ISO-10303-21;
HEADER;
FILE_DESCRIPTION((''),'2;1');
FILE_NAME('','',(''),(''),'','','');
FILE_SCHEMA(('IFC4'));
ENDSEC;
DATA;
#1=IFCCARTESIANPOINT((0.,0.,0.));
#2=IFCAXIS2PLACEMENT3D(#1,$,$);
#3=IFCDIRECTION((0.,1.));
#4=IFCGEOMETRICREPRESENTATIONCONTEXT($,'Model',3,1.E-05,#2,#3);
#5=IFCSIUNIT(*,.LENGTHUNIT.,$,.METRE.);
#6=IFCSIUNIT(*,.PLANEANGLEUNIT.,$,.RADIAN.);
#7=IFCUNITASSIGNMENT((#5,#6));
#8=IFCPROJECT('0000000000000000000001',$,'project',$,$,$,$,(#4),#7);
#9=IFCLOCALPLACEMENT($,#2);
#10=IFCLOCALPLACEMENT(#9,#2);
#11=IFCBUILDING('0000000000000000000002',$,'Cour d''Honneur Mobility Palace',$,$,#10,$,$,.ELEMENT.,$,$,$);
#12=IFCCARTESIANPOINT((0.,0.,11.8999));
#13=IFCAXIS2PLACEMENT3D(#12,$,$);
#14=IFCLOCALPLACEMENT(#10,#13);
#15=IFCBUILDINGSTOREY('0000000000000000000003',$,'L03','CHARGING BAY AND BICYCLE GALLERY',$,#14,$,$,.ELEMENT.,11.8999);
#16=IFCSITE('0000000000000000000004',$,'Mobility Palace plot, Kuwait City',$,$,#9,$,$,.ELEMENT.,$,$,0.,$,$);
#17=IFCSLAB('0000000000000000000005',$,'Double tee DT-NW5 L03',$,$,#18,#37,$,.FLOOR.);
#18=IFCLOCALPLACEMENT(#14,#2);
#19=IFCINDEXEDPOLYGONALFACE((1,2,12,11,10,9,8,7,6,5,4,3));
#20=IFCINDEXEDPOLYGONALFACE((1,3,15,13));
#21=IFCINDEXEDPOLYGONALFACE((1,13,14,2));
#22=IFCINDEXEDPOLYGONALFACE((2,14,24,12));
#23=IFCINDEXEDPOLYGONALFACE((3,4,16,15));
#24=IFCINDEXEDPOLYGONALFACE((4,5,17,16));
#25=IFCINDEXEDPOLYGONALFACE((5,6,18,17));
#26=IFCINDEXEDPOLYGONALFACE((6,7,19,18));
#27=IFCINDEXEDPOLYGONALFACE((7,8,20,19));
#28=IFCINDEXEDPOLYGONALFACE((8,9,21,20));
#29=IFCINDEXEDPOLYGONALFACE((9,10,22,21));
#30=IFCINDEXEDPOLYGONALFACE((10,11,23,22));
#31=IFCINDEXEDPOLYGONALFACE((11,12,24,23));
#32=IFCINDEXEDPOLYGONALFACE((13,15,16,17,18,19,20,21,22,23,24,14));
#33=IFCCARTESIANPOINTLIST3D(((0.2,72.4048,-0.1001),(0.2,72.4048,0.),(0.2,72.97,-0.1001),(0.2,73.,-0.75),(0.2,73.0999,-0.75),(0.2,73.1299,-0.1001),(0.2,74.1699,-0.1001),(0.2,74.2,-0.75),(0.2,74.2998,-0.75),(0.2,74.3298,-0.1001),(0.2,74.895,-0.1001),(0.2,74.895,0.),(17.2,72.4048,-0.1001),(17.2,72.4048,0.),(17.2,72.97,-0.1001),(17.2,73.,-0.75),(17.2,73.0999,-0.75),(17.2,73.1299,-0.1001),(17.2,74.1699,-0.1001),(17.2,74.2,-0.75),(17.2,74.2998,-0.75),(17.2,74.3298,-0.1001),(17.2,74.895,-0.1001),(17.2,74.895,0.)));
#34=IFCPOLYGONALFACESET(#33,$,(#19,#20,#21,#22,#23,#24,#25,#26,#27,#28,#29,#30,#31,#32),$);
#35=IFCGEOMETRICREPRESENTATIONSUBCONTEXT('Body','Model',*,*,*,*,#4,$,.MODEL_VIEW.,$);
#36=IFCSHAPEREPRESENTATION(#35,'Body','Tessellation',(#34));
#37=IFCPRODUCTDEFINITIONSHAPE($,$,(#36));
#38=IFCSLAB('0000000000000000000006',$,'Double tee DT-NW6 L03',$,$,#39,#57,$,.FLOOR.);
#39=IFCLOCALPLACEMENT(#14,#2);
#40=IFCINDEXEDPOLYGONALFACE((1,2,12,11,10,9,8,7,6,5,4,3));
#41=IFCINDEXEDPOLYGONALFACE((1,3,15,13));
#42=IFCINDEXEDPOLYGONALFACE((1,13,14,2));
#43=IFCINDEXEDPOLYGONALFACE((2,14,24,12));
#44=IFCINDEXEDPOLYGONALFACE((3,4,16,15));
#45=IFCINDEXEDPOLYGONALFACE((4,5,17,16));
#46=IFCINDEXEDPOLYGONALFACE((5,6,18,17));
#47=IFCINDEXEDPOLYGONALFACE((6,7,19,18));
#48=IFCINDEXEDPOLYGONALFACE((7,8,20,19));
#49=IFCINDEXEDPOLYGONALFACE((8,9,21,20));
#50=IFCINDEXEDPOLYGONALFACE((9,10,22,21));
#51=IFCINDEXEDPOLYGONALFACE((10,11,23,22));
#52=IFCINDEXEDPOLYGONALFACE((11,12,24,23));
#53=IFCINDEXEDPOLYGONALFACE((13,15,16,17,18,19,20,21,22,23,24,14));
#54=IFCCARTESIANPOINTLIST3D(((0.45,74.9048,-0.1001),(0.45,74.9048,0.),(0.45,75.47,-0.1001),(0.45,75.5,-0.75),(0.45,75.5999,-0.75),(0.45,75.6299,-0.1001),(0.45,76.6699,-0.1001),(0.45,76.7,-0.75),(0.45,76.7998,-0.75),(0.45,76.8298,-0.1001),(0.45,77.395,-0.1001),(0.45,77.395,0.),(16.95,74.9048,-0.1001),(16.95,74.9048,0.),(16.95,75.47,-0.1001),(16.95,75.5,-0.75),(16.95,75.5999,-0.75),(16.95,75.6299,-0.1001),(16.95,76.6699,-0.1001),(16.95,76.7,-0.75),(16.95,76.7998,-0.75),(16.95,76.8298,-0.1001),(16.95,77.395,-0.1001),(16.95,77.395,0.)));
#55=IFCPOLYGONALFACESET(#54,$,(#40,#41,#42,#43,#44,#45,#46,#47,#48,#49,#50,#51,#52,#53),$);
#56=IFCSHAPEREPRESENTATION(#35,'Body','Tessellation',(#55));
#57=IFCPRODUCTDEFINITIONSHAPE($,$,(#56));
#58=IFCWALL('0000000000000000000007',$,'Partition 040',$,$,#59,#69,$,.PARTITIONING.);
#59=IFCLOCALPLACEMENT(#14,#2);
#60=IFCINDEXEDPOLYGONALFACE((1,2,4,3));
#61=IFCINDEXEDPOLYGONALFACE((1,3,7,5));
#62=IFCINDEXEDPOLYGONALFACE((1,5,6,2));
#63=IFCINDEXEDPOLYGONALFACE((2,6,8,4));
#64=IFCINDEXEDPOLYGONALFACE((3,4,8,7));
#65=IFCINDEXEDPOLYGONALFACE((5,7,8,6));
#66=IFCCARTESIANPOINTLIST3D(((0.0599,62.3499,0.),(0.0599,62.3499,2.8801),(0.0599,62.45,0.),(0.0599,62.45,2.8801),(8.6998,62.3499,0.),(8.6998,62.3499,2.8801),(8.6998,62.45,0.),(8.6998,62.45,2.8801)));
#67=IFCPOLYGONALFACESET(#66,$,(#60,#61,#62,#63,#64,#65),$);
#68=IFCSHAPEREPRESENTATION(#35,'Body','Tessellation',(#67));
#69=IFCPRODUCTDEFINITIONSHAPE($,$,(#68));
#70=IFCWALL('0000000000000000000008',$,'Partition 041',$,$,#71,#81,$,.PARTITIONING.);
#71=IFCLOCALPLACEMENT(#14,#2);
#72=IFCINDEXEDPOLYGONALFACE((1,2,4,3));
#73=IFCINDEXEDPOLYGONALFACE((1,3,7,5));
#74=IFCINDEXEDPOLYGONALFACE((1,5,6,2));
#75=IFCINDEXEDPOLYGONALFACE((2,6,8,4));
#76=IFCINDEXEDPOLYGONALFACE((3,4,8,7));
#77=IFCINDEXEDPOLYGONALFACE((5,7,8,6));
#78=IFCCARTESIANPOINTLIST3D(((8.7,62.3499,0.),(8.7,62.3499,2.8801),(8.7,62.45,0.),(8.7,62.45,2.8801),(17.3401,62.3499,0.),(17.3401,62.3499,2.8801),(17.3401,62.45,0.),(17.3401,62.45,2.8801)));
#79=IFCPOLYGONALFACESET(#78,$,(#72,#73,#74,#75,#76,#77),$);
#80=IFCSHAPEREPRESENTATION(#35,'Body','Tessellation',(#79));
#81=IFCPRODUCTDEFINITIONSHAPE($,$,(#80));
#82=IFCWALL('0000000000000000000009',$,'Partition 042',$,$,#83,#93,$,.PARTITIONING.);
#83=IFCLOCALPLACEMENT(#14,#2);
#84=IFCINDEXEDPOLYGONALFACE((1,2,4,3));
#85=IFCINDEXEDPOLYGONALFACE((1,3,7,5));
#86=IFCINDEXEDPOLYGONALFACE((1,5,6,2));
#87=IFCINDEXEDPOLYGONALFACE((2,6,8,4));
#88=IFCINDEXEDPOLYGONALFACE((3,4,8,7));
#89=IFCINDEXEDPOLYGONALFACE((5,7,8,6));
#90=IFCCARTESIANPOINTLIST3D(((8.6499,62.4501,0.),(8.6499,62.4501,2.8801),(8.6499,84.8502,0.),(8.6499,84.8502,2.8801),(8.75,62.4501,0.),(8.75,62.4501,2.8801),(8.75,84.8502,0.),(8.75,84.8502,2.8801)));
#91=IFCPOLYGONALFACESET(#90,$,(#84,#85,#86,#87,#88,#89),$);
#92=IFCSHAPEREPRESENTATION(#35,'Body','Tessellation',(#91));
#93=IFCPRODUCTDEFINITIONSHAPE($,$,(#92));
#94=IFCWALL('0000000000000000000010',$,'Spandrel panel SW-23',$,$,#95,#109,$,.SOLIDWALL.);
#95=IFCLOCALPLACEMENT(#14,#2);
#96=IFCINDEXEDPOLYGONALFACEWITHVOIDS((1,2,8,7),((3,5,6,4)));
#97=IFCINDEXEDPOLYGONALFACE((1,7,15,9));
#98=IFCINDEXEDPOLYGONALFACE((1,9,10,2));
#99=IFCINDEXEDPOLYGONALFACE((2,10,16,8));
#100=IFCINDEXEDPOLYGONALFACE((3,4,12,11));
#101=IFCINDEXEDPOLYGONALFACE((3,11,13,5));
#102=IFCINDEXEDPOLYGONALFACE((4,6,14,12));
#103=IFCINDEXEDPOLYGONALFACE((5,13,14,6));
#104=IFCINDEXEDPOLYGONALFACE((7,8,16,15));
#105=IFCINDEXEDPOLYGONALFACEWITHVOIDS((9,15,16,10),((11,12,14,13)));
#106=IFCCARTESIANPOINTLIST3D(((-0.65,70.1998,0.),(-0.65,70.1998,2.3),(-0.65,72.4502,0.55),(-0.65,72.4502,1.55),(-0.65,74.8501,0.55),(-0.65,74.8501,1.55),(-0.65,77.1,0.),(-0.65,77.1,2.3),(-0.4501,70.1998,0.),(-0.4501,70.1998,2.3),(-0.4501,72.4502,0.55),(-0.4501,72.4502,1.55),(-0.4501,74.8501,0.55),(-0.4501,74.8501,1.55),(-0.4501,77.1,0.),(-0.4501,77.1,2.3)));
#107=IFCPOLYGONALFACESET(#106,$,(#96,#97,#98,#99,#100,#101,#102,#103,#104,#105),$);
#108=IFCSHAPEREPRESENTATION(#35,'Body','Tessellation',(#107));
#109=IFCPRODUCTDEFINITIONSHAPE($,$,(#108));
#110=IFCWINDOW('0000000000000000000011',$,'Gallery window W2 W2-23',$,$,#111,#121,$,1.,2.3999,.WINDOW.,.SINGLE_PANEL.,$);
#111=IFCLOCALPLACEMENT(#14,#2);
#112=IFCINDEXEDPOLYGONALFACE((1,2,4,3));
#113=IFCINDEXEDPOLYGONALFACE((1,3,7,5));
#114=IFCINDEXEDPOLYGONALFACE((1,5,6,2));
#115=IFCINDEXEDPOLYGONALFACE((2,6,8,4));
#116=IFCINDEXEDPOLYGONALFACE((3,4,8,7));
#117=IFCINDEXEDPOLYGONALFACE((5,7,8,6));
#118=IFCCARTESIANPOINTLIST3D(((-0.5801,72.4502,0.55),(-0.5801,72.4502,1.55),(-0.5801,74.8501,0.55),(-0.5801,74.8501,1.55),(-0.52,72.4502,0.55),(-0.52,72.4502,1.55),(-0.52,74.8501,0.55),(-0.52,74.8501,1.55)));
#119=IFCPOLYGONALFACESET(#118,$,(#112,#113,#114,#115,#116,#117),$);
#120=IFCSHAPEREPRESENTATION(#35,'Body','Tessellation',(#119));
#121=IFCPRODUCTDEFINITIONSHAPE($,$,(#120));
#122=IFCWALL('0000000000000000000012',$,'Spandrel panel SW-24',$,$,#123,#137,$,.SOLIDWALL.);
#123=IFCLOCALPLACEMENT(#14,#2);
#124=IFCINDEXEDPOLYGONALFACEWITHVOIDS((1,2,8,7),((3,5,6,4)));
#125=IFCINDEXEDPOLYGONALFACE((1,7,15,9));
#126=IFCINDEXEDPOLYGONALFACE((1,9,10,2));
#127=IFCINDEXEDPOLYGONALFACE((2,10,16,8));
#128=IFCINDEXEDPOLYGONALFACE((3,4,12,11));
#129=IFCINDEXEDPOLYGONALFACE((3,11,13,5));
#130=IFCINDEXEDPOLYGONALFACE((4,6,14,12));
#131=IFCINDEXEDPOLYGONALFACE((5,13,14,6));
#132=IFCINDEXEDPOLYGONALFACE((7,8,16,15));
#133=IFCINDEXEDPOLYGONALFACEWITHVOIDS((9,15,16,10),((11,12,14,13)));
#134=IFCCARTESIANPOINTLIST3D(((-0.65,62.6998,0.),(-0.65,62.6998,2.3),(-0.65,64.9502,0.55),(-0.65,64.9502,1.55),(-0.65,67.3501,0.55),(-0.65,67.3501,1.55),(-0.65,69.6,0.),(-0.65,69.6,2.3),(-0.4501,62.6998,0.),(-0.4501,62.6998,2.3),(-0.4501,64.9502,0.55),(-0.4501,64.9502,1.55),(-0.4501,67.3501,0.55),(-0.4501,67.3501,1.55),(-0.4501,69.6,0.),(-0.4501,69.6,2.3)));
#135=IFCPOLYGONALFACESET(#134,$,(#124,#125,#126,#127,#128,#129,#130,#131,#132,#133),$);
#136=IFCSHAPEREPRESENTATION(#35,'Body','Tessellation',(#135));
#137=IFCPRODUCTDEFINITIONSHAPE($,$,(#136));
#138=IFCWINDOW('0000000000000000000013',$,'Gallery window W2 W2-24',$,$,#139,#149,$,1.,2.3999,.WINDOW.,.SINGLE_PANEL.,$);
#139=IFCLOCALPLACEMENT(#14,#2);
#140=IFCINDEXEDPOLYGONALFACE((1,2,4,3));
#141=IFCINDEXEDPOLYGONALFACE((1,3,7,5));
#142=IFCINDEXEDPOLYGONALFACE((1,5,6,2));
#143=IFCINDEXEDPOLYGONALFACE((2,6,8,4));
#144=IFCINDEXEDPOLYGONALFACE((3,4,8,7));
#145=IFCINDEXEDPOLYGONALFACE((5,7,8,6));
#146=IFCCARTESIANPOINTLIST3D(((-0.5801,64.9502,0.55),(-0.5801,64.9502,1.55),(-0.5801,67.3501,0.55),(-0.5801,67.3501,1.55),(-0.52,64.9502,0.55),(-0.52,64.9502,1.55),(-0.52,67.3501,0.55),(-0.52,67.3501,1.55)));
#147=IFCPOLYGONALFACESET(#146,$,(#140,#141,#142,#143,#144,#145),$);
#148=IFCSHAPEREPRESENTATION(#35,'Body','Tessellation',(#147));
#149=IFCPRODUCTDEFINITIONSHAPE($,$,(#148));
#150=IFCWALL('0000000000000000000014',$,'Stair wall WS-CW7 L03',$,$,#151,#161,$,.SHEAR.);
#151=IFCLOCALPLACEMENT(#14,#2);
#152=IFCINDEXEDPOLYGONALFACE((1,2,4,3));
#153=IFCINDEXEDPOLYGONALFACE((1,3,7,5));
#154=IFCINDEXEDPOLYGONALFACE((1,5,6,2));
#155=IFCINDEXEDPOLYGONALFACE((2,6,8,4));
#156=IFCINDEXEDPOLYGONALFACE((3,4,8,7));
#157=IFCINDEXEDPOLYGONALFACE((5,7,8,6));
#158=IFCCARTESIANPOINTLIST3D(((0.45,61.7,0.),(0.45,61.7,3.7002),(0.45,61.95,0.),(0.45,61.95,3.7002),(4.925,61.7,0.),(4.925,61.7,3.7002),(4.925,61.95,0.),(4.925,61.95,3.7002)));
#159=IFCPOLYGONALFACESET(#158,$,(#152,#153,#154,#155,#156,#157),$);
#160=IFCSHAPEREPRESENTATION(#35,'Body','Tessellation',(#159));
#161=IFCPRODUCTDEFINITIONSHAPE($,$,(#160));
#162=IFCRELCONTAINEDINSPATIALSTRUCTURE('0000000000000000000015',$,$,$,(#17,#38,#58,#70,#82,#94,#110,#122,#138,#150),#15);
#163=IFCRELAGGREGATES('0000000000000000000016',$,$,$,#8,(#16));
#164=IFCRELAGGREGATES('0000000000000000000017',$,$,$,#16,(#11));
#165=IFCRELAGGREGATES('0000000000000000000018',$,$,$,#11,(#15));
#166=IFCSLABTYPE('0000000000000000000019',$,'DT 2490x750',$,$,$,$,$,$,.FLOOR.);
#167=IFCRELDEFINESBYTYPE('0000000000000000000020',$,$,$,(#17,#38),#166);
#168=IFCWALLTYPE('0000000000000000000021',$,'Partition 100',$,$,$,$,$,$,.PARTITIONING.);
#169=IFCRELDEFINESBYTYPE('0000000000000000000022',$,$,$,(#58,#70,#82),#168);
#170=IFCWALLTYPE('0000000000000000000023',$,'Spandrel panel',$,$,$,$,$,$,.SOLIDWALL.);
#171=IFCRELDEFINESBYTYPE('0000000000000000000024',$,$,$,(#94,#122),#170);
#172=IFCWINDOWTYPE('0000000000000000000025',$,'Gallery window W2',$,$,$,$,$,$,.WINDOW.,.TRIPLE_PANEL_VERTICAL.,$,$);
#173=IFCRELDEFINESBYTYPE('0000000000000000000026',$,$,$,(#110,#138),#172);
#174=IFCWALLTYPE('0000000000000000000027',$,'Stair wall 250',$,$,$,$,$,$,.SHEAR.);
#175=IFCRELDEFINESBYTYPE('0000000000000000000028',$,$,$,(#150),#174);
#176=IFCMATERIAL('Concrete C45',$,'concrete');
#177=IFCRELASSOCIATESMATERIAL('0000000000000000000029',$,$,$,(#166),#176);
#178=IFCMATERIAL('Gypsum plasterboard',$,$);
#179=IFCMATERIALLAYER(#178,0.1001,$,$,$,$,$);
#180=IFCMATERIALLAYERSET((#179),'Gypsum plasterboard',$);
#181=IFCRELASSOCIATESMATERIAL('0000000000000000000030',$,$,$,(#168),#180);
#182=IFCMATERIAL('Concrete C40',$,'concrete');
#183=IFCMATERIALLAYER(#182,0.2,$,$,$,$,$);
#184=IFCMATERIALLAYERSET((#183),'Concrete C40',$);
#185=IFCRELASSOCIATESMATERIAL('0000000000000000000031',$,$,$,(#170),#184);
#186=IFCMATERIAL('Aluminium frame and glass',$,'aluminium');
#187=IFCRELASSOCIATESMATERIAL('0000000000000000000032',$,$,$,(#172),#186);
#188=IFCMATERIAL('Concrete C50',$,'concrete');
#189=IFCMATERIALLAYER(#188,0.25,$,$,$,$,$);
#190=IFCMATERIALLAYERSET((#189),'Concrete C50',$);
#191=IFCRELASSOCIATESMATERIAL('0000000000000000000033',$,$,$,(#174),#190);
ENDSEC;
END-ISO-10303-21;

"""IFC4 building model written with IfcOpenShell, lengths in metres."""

from ifc_helpers import new_model, si_unit, direction, frame, frame_2d, origin, place, context, subcontext, project, spatial, polyline, rectangle, outline, extrude, material, layer, layer_set, material_profile, profile_set, type_object, element, fill, save


model = new_model("IFC4")

# Units and contexts
model_context = context("Model", 3, precision=1e-05, world=origin(), true_north=direction((0.0, 1.0)))
body_context = subcontext(model_context, "Body", "Model", "MODEL_VIEW")
ifc_project = project(units=[si_unit("LENGTHUNIT", "METRE"), si_unit("PLANEANGLEUNIT", "RADIAN")], contexts=[model_context])

# Site, building, storey
site_placement = place(None, origin())
site = spatial("IfcSite", under=ifc_project, at=site_placement, Name="Mobility Palace plot, Kuwait City", CompositionType="ELEMENT", RefElevation=0.0)
building_placement = place(site_placement, origin())
building = spatial("IfcBuilding", under=site, at=building_placement, Name="Cour d'Honneur Mobility Palace", CompositionType="ELEMENT")
storey_placement = place(building_placement, frame((0.0, 0.0, 11.8999)))
storey = spatial("IfcBuildingStorey", under=building, at=storey_placement, Name="L03", Description="CHARGING BAY AND BICYCLE GALLERY", CompositionType="ELEMENT", Elevation=11.8999)

# Slabs
ifc_material_1 = material(Name="Concrete C45", Category="concrete")
ifc_material_profile_1 = material_profile(ifc_material_1, outline(polyline([(-1.2451, 0.0), (1.2451, 0.0), (1.2451, -0.1001), (0.6799, -0.1001), (0.6499, -0.75), (0.55, -0.75), (0.52, -0.1001), (-0.52, -0.1001), (-0.55, -0.75), (-0.6499, -0.75), (-0.6799, -0.1001), (-1.2451, -0.1001), (-1.2451, 0.0)])), Name="DT 2490x750")
ifc_profile_set_1 = profile_set([ifc_material_profile_1], Name="Concrete C45")
slab_type = type_object("IfcSlabType", Name="DT 2490x750", PredefinedType="FLOOR", material=ifc_profile_set_1)
slab_1_placement = place(storey_placement, frame((0.2, 73.6499, 0.0), z_axis=(1.0, 0.0, 0.0), x_axis=(0.0, 1.0, 0.0)))
element("IfcSlab", 1, at=slab_1_placement, inside=storey, type_object=slab_type, Name="Double tee DT-NW5 L03", PredefinedType="FLOOR", context=body_context, shape_type="SweptSolid", body=[
    extrude(outline(polyline([(-1.2451, 0.0), (1.2451, 0.0), (1.2451, -0.1001), (0.6799, -0.1001), (0.6499, -0.75), (0.55, -0.75), (0.52, -0.1001), (-0.52, -0.1001), (-0.55, -0.75), (-0.6499, -0.75), (-0.6799, -0.1001), (-1.2451, -0.1001), (-1.2451, 0.0)])), origin(), (0.0, 0.0, 1.0), 17.0),
])
slab_2_placement = place(storey_placement, frame((0.45, 76.1499, 0.0), z_axis=(1.0, 0.0, 0.0), x_axis=(0.0, 1.0, 0.0)))
element("IfcSlab", 2, at=slab_2_placement, inside=storey, type_object=slab_type, Name="Double tee DT-NW6 L03", PredefinedType="FLOOR", context=body_context, shape_type="SweptSolid", body=[
    extrude(outline(polyline([(-1.2451, 0.0), (1.2451, 0.0), (1.2451, -0.1001), (0.6799, -0.1001), (0.6499, -0.75), (0.55, -0.75), (0.52, -0.1001), (-0.52, -0.1001), (-0.55, -0.75), (-0.6499, -0.75), (-0.6799, -0.1001), (-1.2451, -0.1001), (-1.2451, 0.0)])), origin(), (0.0, 0.0, 1.0), 16.5),
])

# Walls
ifc_material_2 = material(Name="Gypsum plasterboard")
ifc_layer_1 = layer(ifc_material_2, 0.1001)
ifc_layer_set_1 = layer_set([ifc_layer_1], Name="Gypsum plasterboard")
wall_type_1 = type_object("IfcWallType", Name="Partition 100", PredefinedType="PARTITIONING", material=ifc_layer_set_1)
wall_1_placement = place(storey_placement, frame((0.0601, 62.3999, 0.0), z_axis=(0.0, 0.0, 1.0), x_axis=(1.0, 0.0, 0.0)))
element("IfcWall", 3, at=wall_1_placement, inside=storey, type_object=wall_type_1, Name="Partition 040", PredefinedType="PARTITIONING", context=body_context, shape_type="SweptSolid", body=[
    extrude(rectangle(XDim=8.6399, YDim=0.1001, at=frame_2d((4.3198, 0.0))), origin(), (0.0, 0.0, 1.0), 2.8801),
])
wall_2_placement = place(storey_placement, frame((8.7, 62.3999, 0.0), z_axis=(0.0, 0.0, 1.0), x_axis=(1.0, 0.0, 0.0)))
element("IfcWall", 4, at=wall_2_placement, inside=storey, type_object=wall_type_1, Name="Partition 041", PredefinedType="PARTITIONING", context=body_context, shape_type="SweptSolid", body=[
    extrude(rectangle(XDim=8.6401, YDim=0.1001, at=frame_2d((4.3201, 0.0))), origin(), (0.0, 0.0, 1.0), 2.8801),
])
wall_3_placement = place(storey_placement, frame((8.7, 62.45, 0.0), z_axis=(0.0, 0.0, 1.0), x_axis=(0.0, 1.0, 0.0)))
element("IfcWall", 5, at=wall_3_placement, inside=storey, type_object=wall_type_1, Name="Partition 042", PredefinedType="PARTITIONING", context=body_context, shape_type="SweptSolid", body=[
    extrude(rectangle(XDim=22.4001, YDim=0.1001, at=frame_2d((11.2002, 0.0))), origin(), (0.0, 0.0, 1.0), 2.8801),
])

# Walls, openings, windows
ifc_material_3 = material(Name="Concrete C40", Category="concrete")
ifc_layer_2 = layer(ifc_material_3, 0.2)
ifc_layer_set_2 = layer_set([ifc_layer_2], Name="Concrete C40")
wall_type_2 = type_object("IfcWallType", Name="Spandrel panel", PredefinedType="SOLIDWALL", material=ifc_layer_set_2)
wall_4_placement = place(storey_placement, frame((-0.55, 77.1001, 0.0), z_axis=(0.0, 0.0, 1.0), x_axis=(0.0, -1.0, 0.0)))
wall_4 = element("IfcWall", 6, at=wall_4_placement, inside=storey, type_object=wall_type_2, Name="Spandrel panel SW-23", PredefinedType="SOLIDWALL", context=body_context, shape_type="SweptSolid", body=[
    extrude(rectangle(XDim=6.9001, YDim=0.2, at=frame_2d((3.4502, 0.0))), origin(), (0.0, 0.0, 1.0), 2.3),
])
opening_1_placement = place(wall_4_placement, frame((2.25, 0.0, 0.55)))
opening_1 = element("IfcOpeningElement", 7, at=opening_1_placement, cuts=wall_4, PredefinedType="OPENING", context=body_context, shape_type="SweptSolid", body=[
    extrude(rectangle(XDim=2.3999, YDim=1.0, at=frame_2d((1.2, 0.5))), frame((0.0, 0.1099, 0.0), z_axis=(0.0, -1.0, 0.0), x_axis=(1.0, 0.0, 0.0)), (0.0, 0.0, 1.0), 0.22),
])
ifc_material_4 = material(Name="Aluminium frame and glass", Category="aluminium")
window_type = type_object("IfcWindowType", Name="Gallery window W2", PartitioningType="TRIPLE_PANEL_VERTICAL", PredefinedType="WINDOW", material=ifc_material_4)
window_1_placement = place(opening_1_placement, origin())
window_1 = element("IfcWindow", 8, at=window_1_placement, inside=storey, type_object=window_type, Name="Gallery window W2 W2-23", OverallHeight=1.0, OverallWidth=2.3999, PartitioningType="SINGLE_PANEL", PredefinedType="WINDOW", context=body_context, shape_type="SweptSolid", body=[
    extrude(rectangle(XDim=2.3999, YDim=1.0, at=frame_2d((1.2, 0.5))), frame((0.0, 0.03, 0.0), z_axis=(0.0, -1.0, 0.0), x_axis=(1.0, 0.0, 0.0)), (0.0, 0.0, 1.0), 0.0601),
])
fill(opening_1, window_1)
wall_5_placement = place(storey_placement, frame((-0.55, 69.6001, 0.0), z_axis=(0.0, 0.0, 1.0), x_axis=(0.0, -1.0, 0.0)))
wall_5 = element("IfcWall", 9, at=wall_5_placement, inside=storey, type_object=wall_type_2, Name="Spandrel panel SW-24", PredefinedType="SOLIDWALL", context=body_context, shape_type="SweptSolid", body=[
    extrude(rectangle(XDim=6.9001, YDim=0.2, at=frame_2d((3.4502, 0.0))), origin(), (0.0, 0.0, 1.0), 2.3),
])
opening_2_placement = place(wall_5_placement, frame((2.25, 0.0, 0.55)))
opening_2 = element("IfcOpeningElement", 10, at=opening_2_placement, cuts=wall_5, PredefinedType="OPENING", context=body_context, shape_type="SweptSolid", body=[
    extrude(rectangle(XDim=2.3999, YDim=1.0, at=frame_2d((1.2, 0.5))), frame((0.0, 0.1099, 0.0), z_axis=(0.0, -1.0, 0.0), x_axis=(1.0, 0.0, 0.0)), (0.0, 0.0, 1.0), 0.22),
])
window_2_placement = place(opening_2_placement, origin())
window_2 = element("IfcWindow", 11, at=window_2_placement, inside=storey, type_object=window_type, Name="Gallery window W2 W2-24", OverallHeight=1.0, OverallWidth=2.3999, PartitioningType="SINGLE_PANEL", PredefinedType="WINDOW", context=body_context, shape_type="SweptSolid", body=[
    extrude(rectangle(XDim=2.3999, YDim=1.0, at=frame_2d((1.2, 0.5))), frame((0.0, 0.03, 0.0), z_axis=(0.0, -1.0, 0.0), x_axis=(1.0, 0.0, 0.0)), (0.0, 0.0, 1.0), 0.0601),
])
fill(opening_2, window_2)

# Wall
ifc_material_5 = material(Name="Concrete C50", Category="concrete")
ifc_layer_3 = layer(ifc_material_5, 0.25)
ifc_layer_set_3 = layer_set([ifc_layer_3], Name="Concrete C50")
wall_type_3 = type_object("IfcWallType", Name="Stair wall 250", PredefinedType="SHEAR", material=ifc_layer_set_3)
wall_6_placement = place(storey_placement, frame((0.45, 61.825, 0.0), z_axis=(0.0, 0.0, 1.0), x_axis=(1.0, 0.0, 0.0)))
element("IfcWall", 12, at=wall_6_placement, inside=storey, type_object=wall_type_3, Name="Stair wall WS-CW7 L03", PredefinedType="SHEAR", context=body_context, shape_type="SweptSolid", body=[
    extrude(rectangle(XDim=4.4751, YDim=0.25, at=frame_2d((2.2375, 0.0))), origin(), (0.0, 0.0, 1.0), 3.7002),
])

save(model, "model.ifc")
